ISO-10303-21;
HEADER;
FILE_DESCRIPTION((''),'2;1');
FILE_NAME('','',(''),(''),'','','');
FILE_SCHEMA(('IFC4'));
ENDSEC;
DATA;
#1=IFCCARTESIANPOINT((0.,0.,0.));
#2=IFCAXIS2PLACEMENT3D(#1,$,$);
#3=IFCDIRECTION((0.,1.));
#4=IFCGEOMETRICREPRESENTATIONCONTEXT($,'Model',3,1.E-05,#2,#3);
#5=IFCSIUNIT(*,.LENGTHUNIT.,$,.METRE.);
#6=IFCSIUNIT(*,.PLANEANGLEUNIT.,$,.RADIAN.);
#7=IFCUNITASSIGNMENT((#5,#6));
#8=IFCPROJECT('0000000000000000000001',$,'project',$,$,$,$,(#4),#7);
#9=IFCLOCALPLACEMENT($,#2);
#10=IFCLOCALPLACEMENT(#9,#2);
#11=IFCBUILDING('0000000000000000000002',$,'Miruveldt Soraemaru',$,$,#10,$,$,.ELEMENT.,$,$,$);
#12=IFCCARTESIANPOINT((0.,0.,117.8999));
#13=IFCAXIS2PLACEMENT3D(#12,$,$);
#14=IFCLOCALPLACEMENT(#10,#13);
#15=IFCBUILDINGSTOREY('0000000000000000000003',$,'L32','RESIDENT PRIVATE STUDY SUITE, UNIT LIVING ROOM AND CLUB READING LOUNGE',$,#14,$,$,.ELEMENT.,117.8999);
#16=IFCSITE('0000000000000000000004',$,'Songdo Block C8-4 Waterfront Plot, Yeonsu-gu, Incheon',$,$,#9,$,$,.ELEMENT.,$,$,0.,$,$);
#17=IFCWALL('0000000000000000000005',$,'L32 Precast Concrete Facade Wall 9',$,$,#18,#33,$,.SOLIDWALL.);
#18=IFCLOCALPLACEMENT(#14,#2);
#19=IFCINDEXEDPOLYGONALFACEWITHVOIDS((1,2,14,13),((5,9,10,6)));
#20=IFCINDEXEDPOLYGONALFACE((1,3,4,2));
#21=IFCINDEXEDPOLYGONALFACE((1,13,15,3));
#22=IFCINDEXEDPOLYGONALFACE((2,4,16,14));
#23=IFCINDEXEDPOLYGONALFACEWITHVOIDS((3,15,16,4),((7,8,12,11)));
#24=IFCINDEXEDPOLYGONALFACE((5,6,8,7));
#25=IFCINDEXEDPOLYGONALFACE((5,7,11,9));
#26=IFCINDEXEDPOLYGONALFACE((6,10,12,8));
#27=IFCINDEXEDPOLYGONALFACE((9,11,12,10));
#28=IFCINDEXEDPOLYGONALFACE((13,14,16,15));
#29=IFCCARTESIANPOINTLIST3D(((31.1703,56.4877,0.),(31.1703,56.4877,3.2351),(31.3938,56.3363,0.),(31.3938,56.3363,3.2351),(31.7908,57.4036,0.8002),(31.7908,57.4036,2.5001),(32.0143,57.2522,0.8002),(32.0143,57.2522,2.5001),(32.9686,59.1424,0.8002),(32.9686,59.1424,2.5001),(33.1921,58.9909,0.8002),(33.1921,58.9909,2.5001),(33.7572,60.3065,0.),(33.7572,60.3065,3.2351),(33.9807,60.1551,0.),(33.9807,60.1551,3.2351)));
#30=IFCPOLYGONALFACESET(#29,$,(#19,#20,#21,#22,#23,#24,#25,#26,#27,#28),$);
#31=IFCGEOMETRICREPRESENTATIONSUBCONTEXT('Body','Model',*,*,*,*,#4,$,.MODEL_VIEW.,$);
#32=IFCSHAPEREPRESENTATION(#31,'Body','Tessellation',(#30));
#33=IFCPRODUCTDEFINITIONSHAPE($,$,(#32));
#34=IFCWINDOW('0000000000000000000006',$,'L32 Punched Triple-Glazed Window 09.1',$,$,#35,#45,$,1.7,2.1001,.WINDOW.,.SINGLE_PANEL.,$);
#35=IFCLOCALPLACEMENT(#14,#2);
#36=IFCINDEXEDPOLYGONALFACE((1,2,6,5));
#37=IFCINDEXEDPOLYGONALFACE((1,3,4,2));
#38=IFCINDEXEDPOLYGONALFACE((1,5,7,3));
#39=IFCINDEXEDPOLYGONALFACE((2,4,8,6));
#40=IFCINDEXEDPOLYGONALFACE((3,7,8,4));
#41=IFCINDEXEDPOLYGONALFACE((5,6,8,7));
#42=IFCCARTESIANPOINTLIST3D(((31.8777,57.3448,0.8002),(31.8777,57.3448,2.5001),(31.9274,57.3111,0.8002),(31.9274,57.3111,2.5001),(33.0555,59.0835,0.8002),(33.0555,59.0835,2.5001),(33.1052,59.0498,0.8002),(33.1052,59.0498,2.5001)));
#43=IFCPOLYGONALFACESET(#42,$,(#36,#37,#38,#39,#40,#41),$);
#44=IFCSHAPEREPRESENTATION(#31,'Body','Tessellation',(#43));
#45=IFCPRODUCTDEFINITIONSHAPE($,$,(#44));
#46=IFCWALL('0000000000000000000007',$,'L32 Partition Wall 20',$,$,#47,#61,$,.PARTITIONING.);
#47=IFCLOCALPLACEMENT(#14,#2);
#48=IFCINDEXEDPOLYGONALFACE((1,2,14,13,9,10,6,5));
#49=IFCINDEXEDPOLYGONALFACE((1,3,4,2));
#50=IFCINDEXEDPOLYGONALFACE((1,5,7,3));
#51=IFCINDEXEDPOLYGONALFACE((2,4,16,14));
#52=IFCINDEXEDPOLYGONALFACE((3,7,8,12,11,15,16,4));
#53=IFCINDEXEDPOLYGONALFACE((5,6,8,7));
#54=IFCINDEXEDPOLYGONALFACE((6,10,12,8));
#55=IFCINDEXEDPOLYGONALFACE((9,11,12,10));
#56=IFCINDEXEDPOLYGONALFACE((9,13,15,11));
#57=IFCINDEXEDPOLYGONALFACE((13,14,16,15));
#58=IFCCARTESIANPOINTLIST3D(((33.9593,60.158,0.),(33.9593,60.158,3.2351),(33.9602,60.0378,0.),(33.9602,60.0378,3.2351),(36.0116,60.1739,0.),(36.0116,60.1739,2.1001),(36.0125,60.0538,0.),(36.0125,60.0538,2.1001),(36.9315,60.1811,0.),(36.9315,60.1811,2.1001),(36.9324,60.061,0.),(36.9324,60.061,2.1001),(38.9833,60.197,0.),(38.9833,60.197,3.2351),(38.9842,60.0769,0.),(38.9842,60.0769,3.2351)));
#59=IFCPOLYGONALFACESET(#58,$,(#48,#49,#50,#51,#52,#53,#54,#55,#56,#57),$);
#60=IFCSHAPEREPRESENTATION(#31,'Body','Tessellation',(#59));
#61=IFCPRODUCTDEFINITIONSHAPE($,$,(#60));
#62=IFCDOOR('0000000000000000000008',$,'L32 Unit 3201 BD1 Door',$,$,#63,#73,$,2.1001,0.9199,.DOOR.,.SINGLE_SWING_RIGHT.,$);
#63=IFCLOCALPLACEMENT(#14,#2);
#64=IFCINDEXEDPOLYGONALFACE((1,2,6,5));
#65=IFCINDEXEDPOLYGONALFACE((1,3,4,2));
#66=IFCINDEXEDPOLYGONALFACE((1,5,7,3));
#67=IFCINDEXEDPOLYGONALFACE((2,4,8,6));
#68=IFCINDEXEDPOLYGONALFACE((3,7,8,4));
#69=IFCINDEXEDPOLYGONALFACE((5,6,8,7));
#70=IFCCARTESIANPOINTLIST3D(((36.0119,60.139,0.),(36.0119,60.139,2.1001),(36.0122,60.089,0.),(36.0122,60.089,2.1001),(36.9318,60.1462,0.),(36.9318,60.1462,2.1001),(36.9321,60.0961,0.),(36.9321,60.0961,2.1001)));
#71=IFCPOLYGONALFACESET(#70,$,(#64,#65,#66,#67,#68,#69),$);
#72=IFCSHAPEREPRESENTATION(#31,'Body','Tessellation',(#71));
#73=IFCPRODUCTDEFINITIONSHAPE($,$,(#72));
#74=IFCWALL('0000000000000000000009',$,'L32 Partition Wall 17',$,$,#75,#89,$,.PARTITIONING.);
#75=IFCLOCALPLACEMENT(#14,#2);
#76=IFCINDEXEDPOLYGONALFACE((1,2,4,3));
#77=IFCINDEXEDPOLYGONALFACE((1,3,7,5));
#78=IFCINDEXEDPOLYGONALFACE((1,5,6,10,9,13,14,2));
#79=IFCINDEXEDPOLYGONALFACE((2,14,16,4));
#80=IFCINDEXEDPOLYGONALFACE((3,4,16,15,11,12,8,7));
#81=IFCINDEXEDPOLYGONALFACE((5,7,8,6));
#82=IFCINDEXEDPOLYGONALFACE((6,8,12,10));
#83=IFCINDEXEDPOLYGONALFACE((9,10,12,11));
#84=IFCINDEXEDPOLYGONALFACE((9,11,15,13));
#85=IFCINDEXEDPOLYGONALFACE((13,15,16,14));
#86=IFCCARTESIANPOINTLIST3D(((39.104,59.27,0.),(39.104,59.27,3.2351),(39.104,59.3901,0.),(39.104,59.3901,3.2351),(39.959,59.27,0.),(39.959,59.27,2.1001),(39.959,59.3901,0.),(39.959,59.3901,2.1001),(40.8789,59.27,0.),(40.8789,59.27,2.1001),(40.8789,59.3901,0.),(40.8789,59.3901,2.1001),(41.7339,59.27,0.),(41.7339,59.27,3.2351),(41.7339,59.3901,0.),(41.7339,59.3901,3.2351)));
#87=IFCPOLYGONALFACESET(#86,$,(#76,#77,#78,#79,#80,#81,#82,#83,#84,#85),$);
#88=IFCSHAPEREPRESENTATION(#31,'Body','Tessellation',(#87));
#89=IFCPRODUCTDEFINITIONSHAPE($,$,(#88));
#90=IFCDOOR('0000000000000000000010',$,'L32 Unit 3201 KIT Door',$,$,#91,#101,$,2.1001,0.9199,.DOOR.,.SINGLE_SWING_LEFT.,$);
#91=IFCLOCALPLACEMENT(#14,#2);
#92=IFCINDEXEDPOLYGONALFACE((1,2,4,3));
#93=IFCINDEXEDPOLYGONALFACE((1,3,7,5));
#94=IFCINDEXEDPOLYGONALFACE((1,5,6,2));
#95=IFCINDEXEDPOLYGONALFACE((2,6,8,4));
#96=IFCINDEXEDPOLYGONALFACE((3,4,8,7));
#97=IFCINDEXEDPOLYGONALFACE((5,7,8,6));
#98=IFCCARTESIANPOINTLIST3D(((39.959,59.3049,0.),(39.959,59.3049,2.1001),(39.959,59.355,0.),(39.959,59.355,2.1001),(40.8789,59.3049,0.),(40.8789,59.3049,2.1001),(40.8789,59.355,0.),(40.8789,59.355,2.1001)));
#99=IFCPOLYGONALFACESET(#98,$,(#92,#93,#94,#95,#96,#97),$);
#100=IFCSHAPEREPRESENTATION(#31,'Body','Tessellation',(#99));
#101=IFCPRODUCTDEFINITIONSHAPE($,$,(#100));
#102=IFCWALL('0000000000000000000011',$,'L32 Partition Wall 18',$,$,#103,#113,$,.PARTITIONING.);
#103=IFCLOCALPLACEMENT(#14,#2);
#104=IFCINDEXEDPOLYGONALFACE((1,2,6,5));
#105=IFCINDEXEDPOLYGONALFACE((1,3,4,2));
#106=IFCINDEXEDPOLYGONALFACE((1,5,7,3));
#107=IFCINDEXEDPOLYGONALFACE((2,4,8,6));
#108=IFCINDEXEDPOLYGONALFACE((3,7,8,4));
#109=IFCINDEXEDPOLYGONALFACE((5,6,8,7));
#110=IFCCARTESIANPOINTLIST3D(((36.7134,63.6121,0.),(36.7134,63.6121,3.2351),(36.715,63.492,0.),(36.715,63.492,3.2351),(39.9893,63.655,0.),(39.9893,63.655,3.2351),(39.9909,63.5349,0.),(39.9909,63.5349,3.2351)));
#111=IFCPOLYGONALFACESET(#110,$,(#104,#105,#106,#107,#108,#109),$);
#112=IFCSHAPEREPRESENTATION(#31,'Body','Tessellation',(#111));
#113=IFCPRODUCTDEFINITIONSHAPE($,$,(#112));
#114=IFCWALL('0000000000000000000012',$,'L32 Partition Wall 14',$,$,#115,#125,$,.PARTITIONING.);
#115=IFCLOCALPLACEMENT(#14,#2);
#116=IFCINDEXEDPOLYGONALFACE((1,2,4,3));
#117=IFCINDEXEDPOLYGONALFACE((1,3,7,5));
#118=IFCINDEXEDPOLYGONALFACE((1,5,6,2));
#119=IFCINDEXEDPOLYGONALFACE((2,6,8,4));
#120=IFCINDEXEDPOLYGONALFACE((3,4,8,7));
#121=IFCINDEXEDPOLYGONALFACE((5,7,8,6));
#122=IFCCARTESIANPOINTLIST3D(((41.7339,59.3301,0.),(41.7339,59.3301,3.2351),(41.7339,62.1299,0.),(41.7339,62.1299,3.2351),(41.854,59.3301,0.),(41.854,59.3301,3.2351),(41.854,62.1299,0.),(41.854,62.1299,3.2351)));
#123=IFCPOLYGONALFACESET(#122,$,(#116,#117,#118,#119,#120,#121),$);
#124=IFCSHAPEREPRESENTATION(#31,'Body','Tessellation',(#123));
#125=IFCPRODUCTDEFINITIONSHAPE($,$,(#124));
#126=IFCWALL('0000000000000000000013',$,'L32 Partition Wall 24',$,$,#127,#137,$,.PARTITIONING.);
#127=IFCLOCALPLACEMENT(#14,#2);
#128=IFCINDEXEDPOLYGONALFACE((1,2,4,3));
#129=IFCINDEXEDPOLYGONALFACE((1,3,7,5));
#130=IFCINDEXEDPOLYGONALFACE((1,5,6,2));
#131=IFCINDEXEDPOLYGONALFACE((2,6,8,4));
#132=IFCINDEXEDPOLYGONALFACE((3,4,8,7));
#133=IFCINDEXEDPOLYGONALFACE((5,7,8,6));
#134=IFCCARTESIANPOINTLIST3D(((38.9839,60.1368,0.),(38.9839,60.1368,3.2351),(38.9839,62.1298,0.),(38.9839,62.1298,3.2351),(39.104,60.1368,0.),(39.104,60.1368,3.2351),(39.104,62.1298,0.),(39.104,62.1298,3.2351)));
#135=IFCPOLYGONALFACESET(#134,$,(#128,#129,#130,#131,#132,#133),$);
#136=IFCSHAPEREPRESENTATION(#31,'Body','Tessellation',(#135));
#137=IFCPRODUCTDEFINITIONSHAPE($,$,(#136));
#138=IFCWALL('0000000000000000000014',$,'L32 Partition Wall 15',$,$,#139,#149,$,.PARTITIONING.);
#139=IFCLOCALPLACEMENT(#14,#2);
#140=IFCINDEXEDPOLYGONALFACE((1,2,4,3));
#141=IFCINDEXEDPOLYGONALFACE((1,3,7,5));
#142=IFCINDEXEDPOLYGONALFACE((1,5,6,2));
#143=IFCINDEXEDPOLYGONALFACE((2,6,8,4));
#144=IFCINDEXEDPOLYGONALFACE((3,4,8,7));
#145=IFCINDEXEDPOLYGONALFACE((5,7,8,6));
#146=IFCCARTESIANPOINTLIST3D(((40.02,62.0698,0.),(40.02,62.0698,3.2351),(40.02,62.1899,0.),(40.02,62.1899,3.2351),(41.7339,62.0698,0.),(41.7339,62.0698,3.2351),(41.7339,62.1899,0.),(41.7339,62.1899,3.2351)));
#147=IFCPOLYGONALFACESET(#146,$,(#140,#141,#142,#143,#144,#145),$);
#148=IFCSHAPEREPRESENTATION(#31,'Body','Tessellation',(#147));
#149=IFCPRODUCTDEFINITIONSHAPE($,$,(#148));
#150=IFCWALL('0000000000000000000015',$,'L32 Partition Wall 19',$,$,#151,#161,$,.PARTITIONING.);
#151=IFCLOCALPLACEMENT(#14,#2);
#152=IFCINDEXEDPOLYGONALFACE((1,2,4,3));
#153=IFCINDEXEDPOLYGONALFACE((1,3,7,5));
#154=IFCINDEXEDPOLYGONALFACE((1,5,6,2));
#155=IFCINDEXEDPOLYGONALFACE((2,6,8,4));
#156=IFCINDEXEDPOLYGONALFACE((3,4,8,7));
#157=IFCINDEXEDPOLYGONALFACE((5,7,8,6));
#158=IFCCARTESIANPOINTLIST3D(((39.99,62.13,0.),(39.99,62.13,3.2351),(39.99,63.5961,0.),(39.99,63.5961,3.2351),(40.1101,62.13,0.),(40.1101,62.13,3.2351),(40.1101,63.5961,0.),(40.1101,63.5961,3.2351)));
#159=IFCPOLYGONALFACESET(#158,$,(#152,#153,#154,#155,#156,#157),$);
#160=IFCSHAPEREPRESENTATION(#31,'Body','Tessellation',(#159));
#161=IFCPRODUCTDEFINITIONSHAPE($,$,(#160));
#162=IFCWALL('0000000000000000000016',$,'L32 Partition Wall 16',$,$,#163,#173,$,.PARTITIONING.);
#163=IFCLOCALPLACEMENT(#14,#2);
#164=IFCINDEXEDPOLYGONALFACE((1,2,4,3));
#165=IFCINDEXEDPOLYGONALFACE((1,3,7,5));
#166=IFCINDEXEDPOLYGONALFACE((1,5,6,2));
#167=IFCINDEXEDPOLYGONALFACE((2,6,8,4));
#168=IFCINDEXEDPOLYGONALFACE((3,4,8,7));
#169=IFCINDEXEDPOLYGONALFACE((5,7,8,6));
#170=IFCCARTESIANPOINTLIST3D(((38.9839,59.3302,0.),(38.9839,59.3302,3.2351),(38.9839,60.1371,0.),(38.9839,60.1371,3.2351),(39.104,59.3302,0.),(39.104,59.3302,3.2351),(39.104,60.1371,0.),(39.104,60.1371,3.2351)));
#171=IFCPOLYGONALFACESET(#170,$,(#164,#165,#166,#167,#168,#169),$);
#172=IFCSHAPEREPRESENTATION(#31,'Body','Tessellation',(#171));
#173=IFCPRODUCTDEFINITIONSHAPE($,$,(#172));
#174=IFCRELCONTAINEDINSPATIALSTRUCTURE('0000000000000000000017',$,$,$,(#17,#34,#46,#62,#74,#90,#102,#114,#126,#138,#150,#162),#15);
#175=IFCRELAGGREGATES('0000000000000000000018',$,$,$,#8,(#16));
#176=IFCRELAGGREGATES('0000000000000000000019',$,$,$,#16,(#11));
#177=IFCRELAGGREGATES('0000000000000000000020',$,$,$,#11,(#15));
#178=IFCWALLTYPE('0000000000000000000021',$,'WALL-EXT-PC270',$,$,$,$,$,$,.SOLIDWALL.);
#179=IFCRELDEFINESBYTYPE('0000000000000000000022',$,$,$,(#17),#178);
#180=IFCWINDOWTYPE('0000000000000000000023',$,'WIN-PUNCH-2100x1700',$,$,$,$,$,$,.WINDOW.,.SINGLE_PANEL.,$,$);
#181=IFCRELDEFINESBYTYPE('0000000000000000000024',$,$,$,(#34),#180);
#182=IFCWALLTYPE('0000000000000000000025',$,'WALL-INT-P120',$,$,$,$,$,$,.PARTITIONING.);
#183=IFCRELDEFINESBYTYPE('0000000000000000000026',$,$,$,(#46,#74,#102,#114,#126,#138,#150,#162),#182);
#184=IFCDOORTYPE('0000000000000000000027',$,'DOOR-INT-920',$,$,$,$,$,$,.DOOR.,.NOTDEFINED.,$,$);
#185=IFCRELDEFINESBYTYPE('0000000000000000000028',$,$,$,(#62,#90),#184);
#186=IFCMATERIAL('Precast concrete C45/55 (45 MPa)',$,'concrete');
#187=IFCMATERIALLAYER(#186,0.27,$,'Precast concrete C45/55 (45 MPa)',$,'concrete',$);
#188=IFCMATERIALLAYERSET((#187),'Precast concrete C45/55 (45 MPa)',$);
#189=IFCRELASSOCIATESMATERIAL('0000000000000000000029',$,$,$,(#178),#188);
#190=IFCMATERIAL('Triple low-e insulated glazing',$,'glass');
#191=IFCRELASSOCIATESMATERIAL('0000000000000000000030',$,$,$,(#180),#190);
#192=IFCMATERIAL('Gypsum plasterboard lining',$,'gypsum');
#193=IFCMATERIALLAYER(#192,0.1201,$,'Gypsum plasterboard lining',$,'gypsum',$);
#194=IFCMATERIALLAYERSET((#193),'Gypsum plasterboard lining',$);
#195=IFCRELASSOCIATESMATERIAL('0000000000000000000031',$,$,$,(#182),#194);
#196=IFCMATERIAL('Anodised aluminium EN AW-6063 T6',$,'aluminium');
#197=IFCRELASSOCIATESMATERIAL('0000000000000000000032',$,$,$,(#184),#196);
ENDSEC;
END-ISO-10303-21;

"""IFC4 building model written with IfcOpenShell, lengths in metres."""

from ifc_helpers import new_model, si_unit, direction, frame, frame_2d, origin, place, context, subcontext, project, spatial, rectangle, extrude, material, layer, layer_set, type_object, element, fill, save


model = new_model("IFC4")

# Units and contexts
model_context = context("Model", 3, precision=1e-05, world=origin(), true_north=direction((0.0, 1.0)))
body_context = subcontext(model_context, "Body", "Model", "MODEL_VIEW")
ifc_project = project(units=[si_unit("LENGTHUNIT", "METRE"), si_unit("PLANEANGLEUNIT", "RADIAN")], contexts=[model_context])

# Site, building, storey
site_placement = place(None, origin())
site = spatial("IfcSite", under=ifc_project, at=site_placement, Name="Songdo Block C8-4 Waterfront Plot, Yeonsu-gu, Incheon", CompositionType="ELEMENT", RefElevation=0.0)
building_placement = place(site_placement, origin())
building = spatial("IfcBuilding", under=site, at=building_placement, Name="Miruveldt Soraemaru", CompositionType="ELEMENT")
storey_placement = place(building_placement, frame((0.0, 0.0, 117.8999)))
storey = spatial("IfcBuildingStorey", under=building, at=storey_placement, Name="L32", Description="RESIDENT PRIVATE STUDY SUITE, UNIT LIVING ROOM AND CLUB READING LOUNGE", CompositionType="ELEMENT", Elevation=117.8999)

# Shared definitions
ifc_material_1 = material(Name="Anodised aluminium EN AW-6063 T6", Category="aluminium")

# Wall, opening, window
ifc_material_2 = material(Name="Precast concrete C45/55 (45 MPa)", Category="concrete")
ifc_layer_1 = layer(ifc_material_2, 0.27, Name="Precast concrete C45/55 (45 MPa)", Category="concrete")
ifc_layer_set_1 = layer_set([ifc_layer_1], Name="Precast concrete C45/55 (45 MPa)")
wall_type_1 = type_object("IfcWallType", Name="WALL-EXT-PC270", PredefinedType="SOLIDWALL", material=ifc_layer_set_1)
ifc_material_3 = material(Name="Triple low-e insulated glazing", Category="glass")
window_type_1 = type_object("IfcWindowType", Name="WIN-PUNCH-2100x1700", PartitioningType="SINGLE_PANEL", PredefinedType="WINDOW", material=ifc_material_3)
wall_1_placement = place(storey_placement, frame((33.8689, 60.2307, 0.0), z_axis=(0.0, 0.0, 1.0), x_axis=(-0.560841, -0.827923, 0.0)))
wall_1 = element("IfcWall", 1, at=wall_1_placement, inside=storey, type_object=wall_type_1, Name="L32 Precast Concrete Facade Wall 9", PredefinedType="SOLIDWALL", context=body_context, shape_type="SweptSolid", body=[
    extrude(rectangle(XDim=4.6125, YDim=0.27, at=frame_2d((2.3062, 0.0))), origin(), (0.0, 0.0, 1.0), 3.2351),
])
opening_1_placement = place(wall_1_placement, frame((1.406, 0.0, 0.8)))
opening_1 = element("IfcOpeningElement", 2, at=opening_1_placement, cuts=wall_1, PredefinedType="OPENING", context=body_context, shape_type="SweptSolid", body=[
    extrude(rectangle(XDim=2.1001, YDim=1.7, at=frame_2d((1.05, 0.8501))), frame((0.0, 0.145, 0.0), z_axis=(0.0, -1.0, 0.0), x_axis=(1.0, 0.0, 0.0)), (0.0, 0.0, 1.0), 0.29),
])
window_1_placement = place(opening_1_placement, origin())
window_1 = element("IfcWindow", 3, at=window_1_placement, inside=storey, type_object=window_type_1, Name="L32 Punched Triple-Glazed Window 09.1", OverallHeight=1.7, OverallWidth=2.1001, PartitioningType="SINGLE_PANEL", PredefinedType="WINDOW", context=body_context, shape_type="SweptSolid", body=[
    extrude(rectangle(XDim=2.1001, YDim=1.7, at=frame_2d((1.05, 0.8501))), frame((0.0, 0.03, 0.0), z_axis=(0.0, -1.0, 0.0), x_axis=(1.0, 0.0, 0.0)), (0.0, 0.0, 1.0), 0.0601),
])
fill(opening_1, window_1)

# Walls, openings, doors
ifc_material_4 = material(Name="Gypsum plasterboard lining", Category="gypsum")
ifc_layer_2 = layer(ifc_material_4, 0.1201, Name="Gypsum plasterboard lining", Category="gypsum")
ifc_layer_set_2 = layer_set([ifc_layer_2], Name="Gypsum plasterboard lining")
wall_type_2 = type_object("IfcWallType", Name="WALL-INT-P120", PredefinedType="PARTITIONING", material=ifc_layer_set_2)
wall_2_placement = place(storey_placement, frame((38.9839, 60.137, 0.0), z_axis=(0.0, 0.0, 1.0), x_axis=(-0.99997, -0.007775, 0.0)))
wall_2 = element("IfcWall", 4, at=wall_2_placement, inside=storey, type_object=wall_type_2, Name="L32 Partition Wall 20", PredefinedType="PARTITIONING", context=body_context, shape_type="SweptSolid", body=[
    extrude(rectangle(XDim=5.0242, YDim=0.1201, at=frame_2d((2.5122, 0.0))), origin(), (0.0, 0.0, 1.0), 3.2351),
])
opening_2_placement = place(wall_2_placement, frame((2.052, 0.0, 0.0)))
opening_2 = element("IfcOpeningElement", 5, at=opening_2_placement, cuts=wall_2, PredefinedType="OPENING", context=body_context, shape_type="SweptSolid", body=[
    extrude(rectangle(XDim=0.9199, YDim=2.1001, at=frame_2d((0.46, 1.05))), frame((0.0, 0.0701, 0.0), z_axis=(0.0, -1.0, 0.0), x_axis=(1.0, 0.0, 0.0)), (0.0, 0.0, 1.0), 0.1401),
])
door_type = type_object("IfcDoorType", Name="DOOR-INT-920", OperationType="NOTDEFINED", PredefinedType="DOOR", material=ifc_material_1)
door_1_placement = place(opening_2_placement, origin())
door_1 = element("IfcDoor", 6, at=door_1_placement, inside=storey, type_object=door_type, Name="L32 Unit 3201 BD1 Door", OperationType="SINGLE_SWING_RIGHT", OverallHeight=2.1001, OverallWidth=0.9199, PredefinedType="DOOR", context=body_context, shape_type="SweptSolid", body=[
    extrude(rectangle(XDim=0.9199, YDim=2.1001, at=frame_2d((0.46, 1.05))), frame((0.0, 0.0249, 0.0), z_axis=(0.0, -1.0, 0.0), x_axis=(1.0, 0.0, 0.0)), (0.0, 0.0, 1.0), 0.05),
])
fill(opening_2, door_1)
wall_3_placement = place(storey_placement, frame((39.104, 59.3301, 0.0), z_axis=(0.0, 0.0, 1.0), x_axis=(1.0, 0.0, 0.0)))
wall_3 = element("IfcWall", 7, at=wall_3_placement, inside=storey, type_object=wall_type_2, Name="L32 Partition Wall 17", PredefinedType="PARTITIONING", context=body_context, shape_type="SweptSolid", body=[
    extrude(rectangle(XDim=2.6299, YDim=0.1201, at=frame_2d((1.3149, 0.0))), origin(), (0.0, 0.0, 1.0), 3.2351),
])
opening_3_placement = place(wall_3_placement, frame((0.855, 0.0, 0.0)))
opening_3 = element("IfcOpeningElement", 8, at=opening_3_placement, cuts=wall_3, PredefinedType="OPENING", context=body_context, shape_type="SweptSolid", body=[
    extrude(rectangle(XDim=0.9199, YDim=2.1001, at=frame_2d((0.46, 1.05))), frame((0.0, 0.0701, 0.0), z_axis=(0.0, -1.0, 0.0), x_axis=(1.0, 0.0, 0.0)), (0.0, 0.0, 1.0), 0.1401),
])
door_2_placement = place(opening_3_placement, origin())
door_2 = element("IfcDoor", 9, at=door_2_placement, inside=storey, type_object=door_type, Name="L32 Unit 3201 KIT Door", OperationType="SINGLE_SWING_LEFT", OverallHeight=2.1001, OverallWidth=0.9199, PredefinedType="DOOR", context=body_context, shape_type="SweptSolid", body=[
    extrude(rectangle(XDim=0.9199, YDim=2.1001, at=frame_2d((0.46, 1.05))), frame((0.0, 0.0249, 0.0), z_axis=(0.0, -1.0, 0.0), x_axis=(1.0, 0.0, 0.0)), (0.0, 0.0, 1.0), 0.05),
])
fill(opening_3, door_2)

# Walls
wall_4_placement = place(storey_placement, frame((36.7141, 63.552, 0.0), z_axis=(0.0, 0.0, 1.0), x_axis=(0.999914, 0.013116, 0.0)))
element("IfcWall", 10, at=wall_4_placement, inside=storey, type_object=wall_type_2, Name="L32 Partition Wall 18", PredefinedType="PARTITIONING", context=body_context, shape_type="SweptSolid", body=[
    extrude(rectangle(XDim=3.2761, YDim=0.1201, at=frame_2d((1.6382, 0.0))), origin(), (0.0, 0.0, 1.0), 3.2351),
])
wall_5_placement = place(storey_placement, frame((41.7939, 59.3301, 0.0), z_axis=(0.0, 0.0, 1.0), x_axis=(0.0, 1.0, 0.0)))
element("IfcWall", 11, at=wall_5_placement, inside=storey, type_object=wall_type_2, Name="L32 Partition Wall 14", PredefinedType="PARTITIONING", context=body_context, shape_type="SweptSolid", body=[
    extrude(rectangle(XDim=2.7998, YDim=0.1201, at=frame_2d((1.3999, 0.0))), origin(), (0.0, 0.0, 1.0), 3.2351),
])
wall_6_placement = place(storey_placement, frame((39.0439, 62.1299, 0.0), z_axis=(0.0, 0.0, 1.0), x_axis=(0.0, -1.0, 0.0)))
element("IfcWall", 12, at=wall_6_placement, inside=storey, type_object=wall_type_2, Name="L32 Partition Wall 24", PredefinedType="PARTITIONING", context=body_context, shape_type="SweptSolid", body=[
    extrude(rectangle(XDim=1.9929, YDim=0.1201, at=frame_2d((0.9966, 0.0))), origin(), (0.0, 0.0, 1.0), 3.2351),
])
wall_7_placement = place(storey_placement, frame((41.7339, 62.1299, 0.0), z_axis=(0.0, 0.0, 1.0), x_axis=(-1.0, 0.0, 0.0)))
element("IfcWall", 13, at=wall_7_placement, inside=storey, type_object=wall_type_2, Name="L32 Partition Wall 15", PredefinedType="PARTITIONING", context=body_context, shape_type="SweptSolid", body=[
    extrude(rectangle(XDim=1.7139, YDim=0.1201, at=frame_2d((0.8569, 0.0))), origin(), (0.0, 0.0, 1.0), 3.2351),
])
wall_8_placement = place(storey_placement, frame((40.05, 63.5959, 0.0), z_axis=(0.0, 0.0, 1.0), x_axis=(0.0, -1.0, 0.0)))
element("IfcWall", 14, at=wall_8_placement, inside=storey, type_object=wall_type_2, Name="L32 Partition Wall 19", PredefinedType="PARTITIONING", context=body_context, shape_type="SweptSolid", body=[
    extrude(rectangle(XDim=1.4661, YDim=0.1201, at=frame_2d((0.7329, 0.0))), origin(), (0.0, 0.0, 1.0), 3.2351),
])
wall_9_placement = place(storey_placement, frame((39.0439, 60.137, 0.0), z_axis=(0.0, 0.0, 1.0), x_axis=(0.0, -1.0, 0.0)))
element("IfcWall", 15, at=wall_9_placement, inside=storey, type_object=wall_type_2, Name="L32 Partition Wall 16", PredefinedType="PARTITIONING", context=body_context, shape_type="SweptSolid", body=[
    extrude(rectangle(XDim=0.8069, YDim=0.1201, at=frame_2d((0.4033, 0.0))), origin(), (0.0, 0.0, 1.0), 3.2351),
])

save(model, "model.ifc")
